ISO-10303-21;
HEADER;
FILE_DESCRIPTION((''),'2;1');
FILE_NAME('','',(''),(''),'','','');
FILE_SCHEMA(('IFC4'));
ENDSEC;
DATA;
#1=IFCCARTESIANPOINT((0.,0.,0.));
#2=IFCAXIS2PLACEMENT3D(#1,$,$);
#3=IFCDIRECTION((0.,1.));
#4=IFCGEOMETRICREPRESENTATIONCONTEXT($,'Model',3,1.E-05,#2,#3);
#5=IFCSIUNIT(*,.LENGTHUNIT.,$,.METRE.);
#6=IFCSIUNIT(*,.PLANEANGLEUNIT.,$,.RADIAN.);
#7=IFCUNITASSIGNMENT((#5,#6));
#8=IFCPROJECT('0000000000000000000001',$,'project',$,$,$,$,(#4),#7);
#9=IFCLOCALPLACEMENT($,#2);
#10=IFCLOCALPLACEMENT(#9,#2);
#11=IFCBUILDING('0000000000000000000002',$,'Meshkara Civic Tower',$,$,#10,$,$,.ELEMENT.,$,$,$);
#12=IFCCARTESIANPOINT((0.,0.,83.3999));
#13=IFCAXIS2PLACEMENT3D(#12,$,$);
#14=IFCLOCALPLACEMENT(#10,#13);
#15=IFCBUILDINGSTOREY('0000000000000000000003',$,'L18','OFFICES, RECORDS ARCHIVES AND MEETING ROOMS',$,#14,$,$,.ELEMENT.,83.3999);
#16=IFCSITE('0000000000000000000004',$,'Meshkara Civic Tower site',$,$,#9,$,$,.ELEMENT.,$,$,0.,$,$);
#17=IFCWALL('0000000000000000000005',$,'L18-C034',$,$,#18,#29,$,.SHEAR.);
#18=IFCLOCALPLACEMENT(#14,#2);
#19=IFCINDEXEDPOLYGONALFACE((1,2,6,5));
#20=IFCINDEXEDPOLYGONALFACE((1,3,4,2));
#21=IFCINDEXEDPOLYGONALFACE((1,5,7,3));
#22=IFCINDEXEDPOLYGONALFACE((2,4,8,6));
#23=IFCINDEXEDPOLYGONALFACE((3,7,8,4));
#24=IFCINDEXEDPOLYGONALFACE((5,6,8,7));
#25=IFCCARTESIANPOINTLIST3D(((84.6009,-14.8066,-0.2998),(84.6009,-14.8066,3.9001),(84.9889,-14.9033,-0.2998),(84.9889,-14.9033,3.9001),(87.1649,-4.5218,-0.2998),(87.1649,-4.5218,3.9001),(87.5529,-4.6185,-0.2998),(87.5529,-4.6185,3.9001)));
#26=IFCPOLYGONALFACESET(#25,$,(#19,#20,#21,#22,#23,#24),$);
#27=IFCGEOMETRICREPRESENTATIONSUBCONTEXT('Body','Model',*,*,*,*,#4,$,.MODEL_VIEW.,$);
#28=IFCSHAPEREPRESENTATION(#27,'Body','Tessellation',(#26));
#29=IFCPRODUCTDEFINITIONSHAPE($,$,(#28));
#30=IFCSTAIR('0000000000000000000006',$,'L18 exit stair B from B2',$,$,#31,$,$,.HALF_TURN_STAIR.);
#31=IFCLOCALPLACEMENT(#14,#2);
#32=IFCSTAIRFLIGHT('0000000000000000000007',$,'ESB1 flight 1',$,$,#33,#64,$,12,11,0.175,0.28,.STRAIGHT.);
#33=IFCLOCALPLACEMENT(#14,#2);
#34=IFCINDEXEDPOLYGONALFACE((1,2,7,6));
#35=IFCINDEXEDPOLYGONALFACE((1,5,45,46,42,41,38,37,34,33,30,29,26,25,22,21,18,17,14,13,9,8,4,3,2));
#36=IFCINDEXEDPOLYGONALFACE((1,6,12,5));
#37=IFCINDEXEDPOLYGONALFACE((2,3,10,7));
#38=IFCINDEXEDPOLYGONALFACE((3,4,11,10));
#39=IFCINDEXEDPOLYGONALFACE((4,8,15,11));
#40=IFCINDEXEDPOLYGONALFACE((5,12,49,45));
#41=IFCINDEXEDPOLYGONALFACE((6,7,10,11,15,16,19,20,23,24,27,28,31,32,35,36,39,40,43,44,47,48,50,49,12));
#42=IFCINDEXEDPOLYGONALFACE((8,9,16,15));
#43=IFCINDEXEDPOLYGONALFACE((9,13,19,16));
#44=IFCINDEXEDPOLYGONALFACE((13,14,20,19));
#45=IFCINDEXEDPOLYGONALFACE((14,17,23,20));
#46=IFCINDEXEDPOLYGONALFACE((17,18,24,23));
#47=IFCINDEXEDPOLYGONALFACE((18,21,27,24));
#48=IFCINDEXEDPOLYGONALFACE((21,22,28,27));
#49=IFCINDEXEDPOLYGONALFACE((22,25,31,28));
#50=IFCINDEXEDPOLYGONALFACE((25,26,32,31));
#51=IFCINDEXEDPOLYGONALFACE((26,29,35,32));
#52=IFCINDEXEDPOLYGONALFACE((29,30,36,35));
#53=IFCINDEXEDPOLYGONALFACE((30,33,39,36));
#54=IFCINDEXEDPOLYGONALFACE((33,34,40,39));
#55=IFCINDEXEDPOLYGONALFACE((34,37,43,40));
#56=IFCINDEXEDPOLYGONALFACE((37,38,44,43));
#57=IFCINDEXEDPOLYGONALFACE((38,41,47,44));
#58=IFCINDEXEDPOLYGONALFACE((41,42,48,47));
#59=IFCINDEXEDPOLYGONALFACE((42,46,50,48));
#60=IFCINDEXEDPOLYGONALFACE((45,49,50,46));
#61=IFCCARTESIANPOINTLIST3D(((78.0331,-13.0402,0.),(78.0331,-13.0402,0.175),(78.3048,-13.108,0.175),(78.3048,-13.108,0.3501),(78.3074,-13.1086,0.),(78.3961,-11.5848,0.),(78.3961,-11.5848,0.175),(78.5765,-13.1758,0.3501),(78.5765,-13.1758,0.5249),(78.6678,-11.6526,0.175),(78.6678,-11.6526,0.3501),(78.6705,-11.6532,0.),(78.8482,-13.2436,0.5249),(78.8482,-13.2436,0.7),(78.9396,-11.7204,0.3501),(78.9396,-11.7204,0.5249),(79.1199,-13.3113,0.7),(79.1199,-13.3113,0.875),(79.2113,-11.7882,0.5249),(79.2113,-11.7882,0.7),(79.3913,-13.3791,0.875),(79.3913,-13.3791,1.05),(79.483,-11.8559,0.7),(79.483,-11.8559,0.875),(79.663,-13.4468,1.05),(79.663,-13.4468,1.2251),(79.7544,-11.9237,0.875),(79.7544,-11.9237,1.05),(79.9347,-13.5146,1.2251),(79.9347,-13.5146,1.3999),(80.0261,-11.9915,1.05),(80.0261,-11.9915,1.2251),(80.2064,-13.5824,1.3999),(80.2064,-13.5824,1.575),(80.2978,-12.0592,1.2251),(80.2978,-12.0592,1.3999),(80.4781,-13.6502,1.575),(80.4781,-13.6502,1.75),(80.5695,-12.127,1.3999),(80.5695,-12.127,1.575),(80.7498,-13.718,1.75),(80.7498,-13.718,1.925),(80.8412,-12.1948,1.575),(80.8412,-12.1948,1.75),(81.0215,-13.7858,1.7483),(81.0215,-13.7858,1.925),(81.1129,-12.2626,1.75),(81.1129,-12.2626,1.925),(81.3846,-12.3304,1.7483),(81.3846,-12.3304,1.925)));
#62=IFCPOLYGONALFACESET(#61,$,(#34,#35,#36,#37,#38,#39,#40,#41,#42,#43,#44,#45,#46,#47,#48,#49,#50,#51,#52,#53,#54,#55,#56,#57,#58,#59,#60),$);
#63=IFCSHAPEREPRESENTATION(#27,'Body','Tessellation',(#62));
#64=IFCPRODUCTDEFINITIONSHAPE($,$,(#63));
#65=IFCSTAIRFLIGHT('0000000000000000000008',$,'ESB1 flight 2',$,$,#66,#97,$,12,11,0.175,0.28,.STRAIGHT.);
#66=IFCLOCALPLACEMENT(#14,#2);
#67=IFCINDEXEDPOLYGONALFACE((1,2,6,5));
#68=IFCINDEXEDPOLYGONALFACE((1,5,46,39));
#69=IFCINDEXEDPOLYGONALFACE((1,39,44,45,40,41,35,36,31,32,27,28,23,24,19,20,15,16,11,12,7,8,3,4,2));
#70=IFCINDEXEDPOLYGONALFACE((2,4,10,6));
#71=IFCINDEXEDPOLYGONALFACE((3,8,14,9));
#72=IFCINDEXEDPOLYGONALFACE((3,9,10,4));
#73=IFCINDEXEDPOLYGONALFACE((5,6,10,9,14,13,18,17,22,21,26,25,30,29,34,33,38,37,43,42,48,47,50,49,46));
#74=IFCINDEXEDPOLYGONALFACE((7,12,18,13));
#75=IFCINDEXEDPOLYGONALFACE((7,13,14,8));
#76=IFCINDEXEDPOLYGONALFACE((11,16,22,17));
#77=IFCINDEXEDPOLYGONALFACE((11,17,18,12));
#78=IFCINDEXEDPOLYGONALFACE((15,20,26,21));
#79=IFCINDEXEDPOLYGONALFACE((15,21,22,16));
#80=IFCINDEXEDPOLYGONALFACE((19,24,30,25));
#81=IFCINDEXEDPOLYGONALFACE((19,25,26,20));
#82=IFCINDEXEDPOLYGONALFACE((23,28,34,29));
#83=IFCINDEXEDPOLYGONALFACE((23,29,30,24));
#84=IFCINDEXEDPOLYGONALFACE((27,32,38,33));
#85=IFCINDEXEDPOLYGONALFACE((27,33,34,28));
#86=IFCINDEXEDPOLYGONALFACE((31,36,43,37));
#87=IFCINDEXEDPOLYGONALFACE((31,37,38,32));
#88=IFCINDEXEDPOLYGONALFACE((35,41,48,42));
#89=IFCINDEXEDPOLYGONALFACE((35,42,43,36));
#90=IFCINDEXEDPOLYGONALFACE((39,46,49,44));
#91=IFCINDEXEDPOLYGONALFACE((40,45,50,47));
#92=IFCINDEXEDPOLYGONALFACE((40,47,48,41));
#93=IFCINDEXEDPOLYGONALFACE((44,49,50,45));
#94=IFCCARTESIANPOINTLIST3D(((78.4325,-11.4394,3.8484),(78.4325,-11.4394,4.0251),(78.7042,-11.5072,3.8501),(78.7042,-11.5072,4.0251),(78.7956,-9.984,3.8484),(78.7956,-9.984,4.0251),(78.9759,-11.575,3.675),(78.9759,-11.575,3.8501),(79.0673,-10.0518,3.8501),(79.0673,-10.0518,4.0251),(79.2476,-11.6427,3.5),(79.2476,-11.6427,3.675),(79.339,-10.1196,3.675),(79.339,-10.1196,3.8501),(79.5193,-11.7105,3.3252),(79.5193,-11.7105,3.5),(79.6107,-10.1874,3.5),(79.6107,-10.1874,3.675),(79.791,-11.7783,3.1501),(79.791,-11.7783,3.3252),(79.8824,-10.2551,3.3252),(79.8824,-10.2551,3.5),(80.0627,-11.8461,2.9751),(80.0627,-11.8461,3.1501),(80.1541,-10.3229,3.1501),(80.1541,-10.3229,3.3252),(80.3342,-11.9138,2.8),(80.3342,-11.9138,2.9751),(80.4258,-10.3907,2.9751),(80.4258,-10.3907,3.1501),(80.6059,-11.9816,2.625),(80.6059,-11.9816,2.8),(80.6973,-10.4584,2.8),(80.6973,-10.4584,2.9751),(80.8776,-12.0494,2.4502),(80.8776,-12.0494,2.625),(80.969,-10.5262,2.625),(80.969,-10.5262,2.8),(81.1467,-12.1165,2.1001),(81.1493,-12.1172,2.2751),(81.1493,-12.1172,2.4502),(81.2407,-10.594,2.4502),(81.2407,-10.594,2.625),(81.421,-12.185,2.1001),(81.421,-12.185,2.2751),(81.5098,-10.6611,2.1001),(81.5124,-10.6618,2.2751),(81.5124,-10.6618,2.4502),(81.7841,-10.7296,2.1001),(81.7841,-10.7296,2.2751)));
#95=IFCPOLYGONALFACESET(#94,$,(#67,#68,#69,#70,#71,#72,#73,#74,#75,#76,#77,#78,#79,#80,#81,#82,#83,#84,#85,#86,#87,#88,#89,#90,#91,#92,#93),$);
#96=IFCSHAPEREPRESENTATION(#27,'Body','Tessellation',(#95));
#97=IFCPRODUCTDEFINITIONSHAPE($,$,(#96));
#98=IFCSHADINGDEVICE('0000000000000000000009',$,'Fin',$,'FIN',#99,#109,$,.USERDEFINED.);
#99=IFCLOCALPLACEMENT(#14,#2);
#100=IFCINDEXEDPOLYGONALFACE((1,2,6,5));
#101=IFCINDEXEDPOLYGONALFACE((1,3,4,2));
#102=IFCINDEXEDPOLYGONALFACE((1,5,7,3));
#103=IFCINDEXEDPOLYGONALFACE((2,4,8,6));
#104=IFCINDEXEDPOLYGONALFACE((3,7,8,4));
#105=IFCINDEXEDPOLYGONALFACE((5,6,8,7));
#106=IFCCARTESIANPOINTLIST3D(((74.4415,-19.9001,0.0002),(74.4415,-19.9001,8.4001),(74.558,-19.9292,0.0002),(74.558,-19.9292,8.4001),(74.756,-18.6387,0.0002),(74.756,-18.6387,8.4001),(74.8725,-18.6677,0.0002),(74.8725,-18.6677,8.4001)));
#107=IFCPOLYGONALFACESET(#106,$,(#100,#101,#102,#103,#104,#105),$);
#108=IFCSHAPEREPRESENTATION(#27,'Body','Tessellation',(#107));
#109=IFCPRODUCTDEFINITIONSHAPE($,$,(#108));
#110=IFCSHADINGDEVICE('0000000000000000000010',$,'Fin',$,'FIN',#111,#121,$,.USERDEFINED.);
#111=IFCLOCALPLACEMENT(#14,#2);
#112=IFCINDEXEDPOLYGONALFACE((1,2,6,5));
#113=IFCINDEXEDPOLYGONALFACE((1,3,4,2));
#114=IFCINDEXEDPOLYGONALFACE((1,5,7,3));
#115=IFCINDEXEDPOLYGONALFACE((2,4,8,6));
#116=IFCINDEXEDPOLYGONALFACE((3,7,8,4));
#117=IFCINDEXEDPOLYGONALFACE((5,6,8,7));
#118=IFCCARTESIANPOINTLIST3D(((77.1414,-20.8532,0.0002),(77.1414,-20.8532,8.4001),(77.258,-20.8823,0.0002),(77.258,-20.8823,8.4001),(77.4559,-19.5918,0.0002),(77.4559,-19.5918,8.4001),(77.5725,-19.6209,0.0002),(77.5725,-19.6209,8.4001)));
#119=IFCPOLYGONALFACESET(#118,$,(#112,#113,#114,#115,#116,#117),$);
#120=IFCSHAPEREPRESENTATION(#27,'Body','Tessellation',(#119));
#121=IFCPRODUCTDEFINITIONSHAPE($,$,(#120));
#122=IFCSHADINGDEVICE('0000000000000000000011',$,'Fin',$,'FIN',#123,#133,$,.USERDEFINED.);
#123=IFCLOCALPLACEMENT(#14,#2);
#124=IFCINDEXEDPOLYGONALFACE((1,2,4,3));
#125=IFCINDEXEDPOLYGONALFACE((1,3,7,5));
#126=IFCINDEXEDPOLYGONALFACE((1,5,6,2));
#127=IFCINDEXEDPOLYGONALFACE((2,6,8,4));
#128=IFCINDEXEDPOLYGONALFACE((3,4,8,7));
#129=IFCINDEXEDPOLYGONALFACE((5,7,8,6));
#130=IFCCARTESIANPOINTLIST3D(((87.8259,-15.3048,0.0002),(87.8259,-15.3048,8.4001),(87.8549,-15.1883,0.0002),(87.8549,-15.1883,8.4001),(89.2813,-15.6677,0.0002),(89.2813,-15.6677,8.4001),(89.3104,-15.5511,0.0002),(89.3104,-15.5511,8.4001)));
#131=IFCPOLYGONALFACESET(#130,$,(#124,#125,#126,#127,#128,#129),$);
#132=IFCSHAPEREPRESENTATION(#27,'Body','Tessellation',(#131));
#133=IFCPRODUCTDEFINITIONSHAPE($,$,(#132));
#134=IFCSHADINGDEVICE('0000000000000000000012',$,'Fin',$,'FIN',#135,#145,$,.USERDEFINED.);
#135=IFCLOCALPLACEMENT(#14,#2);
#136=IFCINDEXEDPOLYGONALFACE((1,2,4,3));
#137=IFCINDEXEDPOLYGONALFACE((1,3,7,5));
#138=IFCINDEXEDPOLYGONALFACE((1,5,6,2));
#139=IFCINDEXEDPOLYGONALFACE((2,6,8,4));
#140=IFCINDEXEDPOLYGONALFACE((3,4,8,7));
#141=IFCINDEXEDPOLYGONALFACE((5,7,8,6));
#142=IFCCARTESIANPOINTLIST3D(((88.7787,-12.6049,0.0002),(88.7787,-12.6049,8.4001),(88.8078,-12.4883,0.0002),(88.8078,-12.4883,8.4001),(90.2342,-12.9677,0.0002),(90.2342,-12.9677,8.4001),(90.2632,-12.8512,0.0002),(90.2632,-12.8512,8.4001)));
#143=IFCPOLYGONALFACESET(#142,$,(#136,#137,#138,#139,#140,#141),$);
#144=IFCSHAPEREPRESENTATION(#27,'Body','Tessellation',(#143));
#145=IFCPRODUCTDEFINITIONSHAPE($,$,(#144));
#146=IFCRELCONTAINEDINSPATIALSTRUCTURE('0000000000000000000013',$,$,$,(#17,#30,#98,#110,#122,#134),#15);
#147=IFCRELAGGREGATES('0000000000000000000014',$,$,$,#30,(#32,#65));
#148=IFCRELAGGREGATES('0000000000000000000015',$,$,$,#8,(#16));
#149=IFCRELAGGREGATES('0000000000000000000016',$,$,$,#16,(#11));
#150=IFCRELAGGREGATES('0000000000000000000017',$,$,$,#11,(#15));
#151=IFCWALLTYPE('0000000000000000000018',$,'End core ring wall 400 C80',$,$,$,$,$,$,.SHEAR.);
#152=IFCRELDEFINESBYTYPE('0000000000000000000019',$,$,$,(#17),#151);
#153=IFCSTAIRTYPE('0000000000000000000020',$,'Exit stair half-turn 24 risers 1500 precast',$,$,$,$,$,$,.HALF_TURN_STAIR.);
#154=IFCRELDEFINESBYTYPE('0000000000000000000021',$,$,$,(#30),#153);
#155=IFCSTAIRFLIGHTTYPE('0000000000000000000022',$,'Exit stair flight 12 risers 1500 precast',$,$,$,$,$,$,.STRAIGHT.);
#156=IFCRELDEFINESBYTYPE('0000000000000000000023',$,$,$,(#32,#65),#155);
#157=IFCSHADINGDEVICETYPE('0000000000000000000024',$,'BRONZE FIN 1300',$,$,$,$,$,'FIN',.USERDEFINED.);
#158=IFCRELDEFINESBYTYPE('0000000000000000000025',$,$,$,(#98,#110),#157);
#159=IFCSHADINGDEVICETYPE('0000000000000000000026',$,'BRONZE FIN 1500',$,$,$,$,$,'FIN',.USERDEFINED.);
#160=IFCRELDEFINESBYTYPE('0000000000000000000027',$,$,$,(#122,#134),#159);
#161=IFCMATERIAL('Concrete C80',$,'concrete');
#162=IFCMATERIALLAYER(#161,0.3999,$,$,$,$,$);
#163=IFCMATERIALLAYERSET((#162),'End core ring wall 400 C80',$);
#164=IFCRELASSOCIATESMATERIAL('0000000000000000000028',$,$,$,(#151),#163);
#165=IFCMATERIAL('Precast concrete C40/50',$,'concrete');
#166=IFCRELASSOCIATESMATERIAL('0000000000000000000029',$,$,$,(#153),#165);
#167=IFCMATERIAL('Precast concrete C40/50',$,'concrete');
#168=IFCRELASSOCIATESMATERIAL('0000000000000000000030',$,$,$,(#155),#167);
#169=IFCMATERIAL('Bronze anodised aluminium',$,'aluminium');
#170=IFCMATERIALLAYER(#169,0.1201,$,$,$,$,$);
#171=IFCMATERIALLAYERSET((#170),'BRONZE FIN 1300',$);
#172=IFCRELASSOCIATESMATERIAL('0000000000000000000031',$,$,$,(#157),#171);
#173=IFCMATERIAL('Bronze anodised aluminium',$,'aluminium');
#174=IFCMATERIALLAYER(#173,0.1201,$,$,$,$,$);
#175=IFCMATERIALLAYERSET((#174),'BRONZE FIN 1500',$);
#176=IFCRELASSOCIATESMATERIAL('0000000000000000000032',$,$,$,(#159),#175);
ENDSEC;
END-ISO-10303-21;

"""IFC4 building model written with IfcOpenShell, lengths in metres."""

from ifc_helpers import new_model, si_unit, direction, frame, frame_2d, origin, origin_2d, place, context, subcontext, project, spatial, polyline, rectangle, outline, extrude, material, layer, layer_set, type_object, element, aggregate, save


model = new_model("IFC4")

# Units and contexts
model_context = context("Model", 3, precision=1e-05, world=origin(), true_north=direction((0.0, 1.0)))
body_context = subcontext(model_context, "Body", "Model", "MODEL_VIEW")
ifc_project = project(units=[si_unit("LENGTHUNIT", "METRE"), si_unit("PLANEANGLEUNIT", "RADIAN")], contexts=[model_context])

# Site, building, storey
site_placement = place(None, origin())
site = spatial("IfcSite", under=ifc_project, at=site_placement, Name="Meshkara Civic Tower site", CompositionType="ELEMENT", RefElevation=0.0)
building_placement = place(site_placement, origin())
building = spatial("IfcBuilding", under=site, at=building_placement, Name="Meshkara Civic Tower", CompositionType="ELEMENT")
storey_placement = place(building_placement, frame((0.0, 0.0, 83.3999)))
storey = spatial("IfcBuildingStorey", under=building, at=storey_placement, Name="L18", Description="OFFICES, RECORDS ARCHIVES AND MEETING ROOMS", CompositionType="ELEMENT", Elevation=83.3999)

# Shared definitions
ifc_material_1 = material(Name="Concrete C80", Category="concrete")
ifc_layer_1 = layer(ifc_material_1, 0.3999)
ifc_layer_set_1 = layer_set([ifc_layer_1], Name="End core ring wall 400 C80")
wall_type_1 = type_object("IfcWallType", Name="End core ring wall 400 C80", PredefinedType="SHEAR", material=ifc_layer_set_1)

# Wall
wall_1_placement = place(storey_placement, frame((84.7949, -14.855, -0.2998), z_axis=(0.0, 0.0, 1.0), x_axis=(0.241891, 0.970304, 0.0)))
element("IfcWall", 1, at=wall_1_placement, inside=storey, type_object=wall_type_1, Name="L18-C034", PredefinedType="SHEAR", context=body_context, shape_type="SweptSolid", body=[
    extrude(rectangle(XDim=10.5996, YDim=0.3999, at=frame_2d((5.2998, 0.0))), origin(), (0.0, 0.0, 1.0), 4.2),
])

# Stair, stair flights
ifc_material_2 = material(Name="Precast concrete C40/50", Category="concrete")
stair_type = type_object("IfcStairType", Name="Exit stair half-turn 24 risers 1500 precast", PredefinedType="HALF_TURN_STAIR", material=ifc_material_2)
stair_placement = place(storey_placement, origin())
stair = element("IfcStair", 2, at=stair_placement, inside=storey, type_object=stair_type, Name="L18 exit stair B from B2", PredefinedType="HALF_TURN_STAIR")
ifc_material_3 = material(Name="Precast concrete C40/50", Category="concrete")
stair_flight_type = type_object("IfcStairFlightType", Name="Exit stair flight 12 risers 1500 precast", PredefinedType="STRAIGHT", material=ifc_material_3)
stair_flight_1_placement = place(storey_placement, frame((78.2146, -12.3125, 0.0), z_axis=(0.0, 0.0, 1.0), x_axis=(0.97026, -0.242065, 0.0)))
stair_flight_1 = element("IfcStairFlight", 3, at=stair_flight_1_placement, type_object=stair_flight_type, Name="ESB1 flight 1", NumberOfRisers=12, NumberOfTreads=11, PredefinedType="STRAIGHT", RiserHeight=0.175, TreadLength=0.28, context=body_context, shape_type="SweptSolid", body=[
    extrude(outline(polyline([(0.0, 0.0), (0.0, 0.175), (0.28, 0.175), (0.28, 0.3501), (0.5601, 0.3501), (0.5601, 0.5249), (0.8401, 0.5249), (0.8401, 0.7), (1.1201, 0.7), (1.1201, 0.875), (1.3999, 0.875), (1.3999, 1.05), (1.6799, 1.05), (1.6799, 1.2251), (1.96, 1.2251), (1.96, 1.3999), (2.24, 1.3999), (2.24, 1.575), (2.52, 1.575), (2.52, 1.75), (2.8, 1.75), (2.8, 1.925), (3.0801, 1.925), (3.0801, 2.1001), (3.0801, 1.7483), (0.2827, 0.0), (0.0, 0.0)])), frame((0.0, 0.75, 0.0), z_axis=(0.0, -1.0, 0.0), x_axis=(1.0, 0.0, 0.0)), (0.0, 0.0, 1.0), 1.5),
])
stair_flight_2_placement = place(storey_placement, frame((81.6025, -11.4573, 2.1001), z_axis=(0.0, 0.0, 1.0), x_axis=(-0.97026, 0.242065, 0.0)))
stair_flight_2 = element("IfcStairFlight", 4, at=stair_flight_2_placement, type_object=stair_flight_type, Name="ESB1 flight 2", NumberOfRisers=12, NumberOfTreads=11, PredefinedType="STRAIGHT", RiserHeight=0.175, TreadLength=0.28, context=body_context, shape_type="SweptSolid", body=[
    extrude(outline(polyline([(0.0, 0.0), (0.0, 0.175), (0.28, 0.175), (0.28, 0.3501), (0.5601, 0.3501), (0.5601, 0.5249), (0.8401, 0.5249), (0.8401, 0.7), (1.1201, 0.7), (1.1201, 0.875), (1.3999, 0.875), (1.3999, 1.05), (1.6799, 1.05), (1.6799, 1.2251), (1.96, 1.2251), (1.96, 1.3999), (2.24, 1.3999), (2.24, 1.575), (2.52, 1.575), (2.52, 1.75), (2.8, 1.75), (2.8, 1.925), (3.0801, 1.925), (3.0801, 2.1001), (3.0801, 1.7483), (0.2827, 0.0), (0.0, 0.0)])), frame((0.0, 0.75, 0.0), z_axis=(0.0, -1.0, 0.0), x_axis=(1.0, 0.0, 0.0)), (0.0, 0.0, 1.0), 1.5),
])
aggregate(stair, [stair_flight_1, stair_flight_2])

# Shading devices
ifc_material_4 = material(Name="Bronze anodised aluminium", Category="aluminium")
ifc_layer_2 = layer(ifc_material_4, 0.1201)
ifc_layer_set_2 = layer_set([ifc_layer_2], Name="BRONZE FIN 1300")
shading_device_type_1 = type_object("IfcShadingDeviceType", Name="BRONZE FIN 1300", ElementType="FIN", PredefinedType="USERDEFINED", material=ifc_layer_set_2)
for number, where, z_axis, x_axis, name in (
    (5, (74.657, -19.2839, 0.0002), (0.0, 0.0, 1.0), (0.970296, -0.241922, 0.0), "Fin"),
    (6, (77.3569, -20.2371, 0.0002), (0.0, 0.0, 1.0), (0.970296, -0.241922, 0.0), "Fin"),
):
    element("IfcShadingDevice", number, at=place(storey_placement, frame(where, z_axis=z_axis, x_axis=x_axis)), inside=storey, type_object=shading_device_type_1, Name=name, ObjectType="FIN", PredefinedType="USERDEFINED", context=body_context, shape_type="SweptSolid", body=[
        extrude(rectangle(XDim=0.1201, YDim=1.3, at=origin_2d()), origin(), (0.0, 0.0, 1.0), 8.3999),
    ])
ifc_material_5 = material(Name="Bronze anodised aluminium", Category="aluminium")
ifc_layer_3 = layer(ifc_material_5, 0.1201)
ifc_layer_set_3 = layer_set([ifc_layer_3], Name="BRONZE FIN 1500")
shading_device_type_2 = type_object("IfcShadingDeviceType", Name="BRONZE FIN 1500", ElementType="FIN", PredefinedType="USERDEFINED", material=ifc_layer_set_3)
for number, where, z_axis, x_axis, name in (
    (7, (88.5681, -15.428, 0.0002), (0.0, 0.0, 1.0), (0.241922, 0.970296, 0.0), "Fin"),
    (8, (89.521, -12.728, 0.0002), (0.0, 0.0, 1.0), (0.241922, 0.970296, 0.0), "Fin"),
):
    element("IfcShadingDevice", number, at=place(storey_placement, frame(where, z_axis=z_axis, x_axis=x_axis)), inside=storey, type_object=shading_device_type_2, Name=name, ObjectType="FIN", PredefinedType="USERDEFINED", context=body_context, shape_type="SweptSolid", body=[
        extrude(rectangle(XDim=0.1201, YDim=1.5, at=origin_2d()), origin(), (0.0, 0.0, 1.0), 8.3999),
    ])

save(model, "model.ifc")
